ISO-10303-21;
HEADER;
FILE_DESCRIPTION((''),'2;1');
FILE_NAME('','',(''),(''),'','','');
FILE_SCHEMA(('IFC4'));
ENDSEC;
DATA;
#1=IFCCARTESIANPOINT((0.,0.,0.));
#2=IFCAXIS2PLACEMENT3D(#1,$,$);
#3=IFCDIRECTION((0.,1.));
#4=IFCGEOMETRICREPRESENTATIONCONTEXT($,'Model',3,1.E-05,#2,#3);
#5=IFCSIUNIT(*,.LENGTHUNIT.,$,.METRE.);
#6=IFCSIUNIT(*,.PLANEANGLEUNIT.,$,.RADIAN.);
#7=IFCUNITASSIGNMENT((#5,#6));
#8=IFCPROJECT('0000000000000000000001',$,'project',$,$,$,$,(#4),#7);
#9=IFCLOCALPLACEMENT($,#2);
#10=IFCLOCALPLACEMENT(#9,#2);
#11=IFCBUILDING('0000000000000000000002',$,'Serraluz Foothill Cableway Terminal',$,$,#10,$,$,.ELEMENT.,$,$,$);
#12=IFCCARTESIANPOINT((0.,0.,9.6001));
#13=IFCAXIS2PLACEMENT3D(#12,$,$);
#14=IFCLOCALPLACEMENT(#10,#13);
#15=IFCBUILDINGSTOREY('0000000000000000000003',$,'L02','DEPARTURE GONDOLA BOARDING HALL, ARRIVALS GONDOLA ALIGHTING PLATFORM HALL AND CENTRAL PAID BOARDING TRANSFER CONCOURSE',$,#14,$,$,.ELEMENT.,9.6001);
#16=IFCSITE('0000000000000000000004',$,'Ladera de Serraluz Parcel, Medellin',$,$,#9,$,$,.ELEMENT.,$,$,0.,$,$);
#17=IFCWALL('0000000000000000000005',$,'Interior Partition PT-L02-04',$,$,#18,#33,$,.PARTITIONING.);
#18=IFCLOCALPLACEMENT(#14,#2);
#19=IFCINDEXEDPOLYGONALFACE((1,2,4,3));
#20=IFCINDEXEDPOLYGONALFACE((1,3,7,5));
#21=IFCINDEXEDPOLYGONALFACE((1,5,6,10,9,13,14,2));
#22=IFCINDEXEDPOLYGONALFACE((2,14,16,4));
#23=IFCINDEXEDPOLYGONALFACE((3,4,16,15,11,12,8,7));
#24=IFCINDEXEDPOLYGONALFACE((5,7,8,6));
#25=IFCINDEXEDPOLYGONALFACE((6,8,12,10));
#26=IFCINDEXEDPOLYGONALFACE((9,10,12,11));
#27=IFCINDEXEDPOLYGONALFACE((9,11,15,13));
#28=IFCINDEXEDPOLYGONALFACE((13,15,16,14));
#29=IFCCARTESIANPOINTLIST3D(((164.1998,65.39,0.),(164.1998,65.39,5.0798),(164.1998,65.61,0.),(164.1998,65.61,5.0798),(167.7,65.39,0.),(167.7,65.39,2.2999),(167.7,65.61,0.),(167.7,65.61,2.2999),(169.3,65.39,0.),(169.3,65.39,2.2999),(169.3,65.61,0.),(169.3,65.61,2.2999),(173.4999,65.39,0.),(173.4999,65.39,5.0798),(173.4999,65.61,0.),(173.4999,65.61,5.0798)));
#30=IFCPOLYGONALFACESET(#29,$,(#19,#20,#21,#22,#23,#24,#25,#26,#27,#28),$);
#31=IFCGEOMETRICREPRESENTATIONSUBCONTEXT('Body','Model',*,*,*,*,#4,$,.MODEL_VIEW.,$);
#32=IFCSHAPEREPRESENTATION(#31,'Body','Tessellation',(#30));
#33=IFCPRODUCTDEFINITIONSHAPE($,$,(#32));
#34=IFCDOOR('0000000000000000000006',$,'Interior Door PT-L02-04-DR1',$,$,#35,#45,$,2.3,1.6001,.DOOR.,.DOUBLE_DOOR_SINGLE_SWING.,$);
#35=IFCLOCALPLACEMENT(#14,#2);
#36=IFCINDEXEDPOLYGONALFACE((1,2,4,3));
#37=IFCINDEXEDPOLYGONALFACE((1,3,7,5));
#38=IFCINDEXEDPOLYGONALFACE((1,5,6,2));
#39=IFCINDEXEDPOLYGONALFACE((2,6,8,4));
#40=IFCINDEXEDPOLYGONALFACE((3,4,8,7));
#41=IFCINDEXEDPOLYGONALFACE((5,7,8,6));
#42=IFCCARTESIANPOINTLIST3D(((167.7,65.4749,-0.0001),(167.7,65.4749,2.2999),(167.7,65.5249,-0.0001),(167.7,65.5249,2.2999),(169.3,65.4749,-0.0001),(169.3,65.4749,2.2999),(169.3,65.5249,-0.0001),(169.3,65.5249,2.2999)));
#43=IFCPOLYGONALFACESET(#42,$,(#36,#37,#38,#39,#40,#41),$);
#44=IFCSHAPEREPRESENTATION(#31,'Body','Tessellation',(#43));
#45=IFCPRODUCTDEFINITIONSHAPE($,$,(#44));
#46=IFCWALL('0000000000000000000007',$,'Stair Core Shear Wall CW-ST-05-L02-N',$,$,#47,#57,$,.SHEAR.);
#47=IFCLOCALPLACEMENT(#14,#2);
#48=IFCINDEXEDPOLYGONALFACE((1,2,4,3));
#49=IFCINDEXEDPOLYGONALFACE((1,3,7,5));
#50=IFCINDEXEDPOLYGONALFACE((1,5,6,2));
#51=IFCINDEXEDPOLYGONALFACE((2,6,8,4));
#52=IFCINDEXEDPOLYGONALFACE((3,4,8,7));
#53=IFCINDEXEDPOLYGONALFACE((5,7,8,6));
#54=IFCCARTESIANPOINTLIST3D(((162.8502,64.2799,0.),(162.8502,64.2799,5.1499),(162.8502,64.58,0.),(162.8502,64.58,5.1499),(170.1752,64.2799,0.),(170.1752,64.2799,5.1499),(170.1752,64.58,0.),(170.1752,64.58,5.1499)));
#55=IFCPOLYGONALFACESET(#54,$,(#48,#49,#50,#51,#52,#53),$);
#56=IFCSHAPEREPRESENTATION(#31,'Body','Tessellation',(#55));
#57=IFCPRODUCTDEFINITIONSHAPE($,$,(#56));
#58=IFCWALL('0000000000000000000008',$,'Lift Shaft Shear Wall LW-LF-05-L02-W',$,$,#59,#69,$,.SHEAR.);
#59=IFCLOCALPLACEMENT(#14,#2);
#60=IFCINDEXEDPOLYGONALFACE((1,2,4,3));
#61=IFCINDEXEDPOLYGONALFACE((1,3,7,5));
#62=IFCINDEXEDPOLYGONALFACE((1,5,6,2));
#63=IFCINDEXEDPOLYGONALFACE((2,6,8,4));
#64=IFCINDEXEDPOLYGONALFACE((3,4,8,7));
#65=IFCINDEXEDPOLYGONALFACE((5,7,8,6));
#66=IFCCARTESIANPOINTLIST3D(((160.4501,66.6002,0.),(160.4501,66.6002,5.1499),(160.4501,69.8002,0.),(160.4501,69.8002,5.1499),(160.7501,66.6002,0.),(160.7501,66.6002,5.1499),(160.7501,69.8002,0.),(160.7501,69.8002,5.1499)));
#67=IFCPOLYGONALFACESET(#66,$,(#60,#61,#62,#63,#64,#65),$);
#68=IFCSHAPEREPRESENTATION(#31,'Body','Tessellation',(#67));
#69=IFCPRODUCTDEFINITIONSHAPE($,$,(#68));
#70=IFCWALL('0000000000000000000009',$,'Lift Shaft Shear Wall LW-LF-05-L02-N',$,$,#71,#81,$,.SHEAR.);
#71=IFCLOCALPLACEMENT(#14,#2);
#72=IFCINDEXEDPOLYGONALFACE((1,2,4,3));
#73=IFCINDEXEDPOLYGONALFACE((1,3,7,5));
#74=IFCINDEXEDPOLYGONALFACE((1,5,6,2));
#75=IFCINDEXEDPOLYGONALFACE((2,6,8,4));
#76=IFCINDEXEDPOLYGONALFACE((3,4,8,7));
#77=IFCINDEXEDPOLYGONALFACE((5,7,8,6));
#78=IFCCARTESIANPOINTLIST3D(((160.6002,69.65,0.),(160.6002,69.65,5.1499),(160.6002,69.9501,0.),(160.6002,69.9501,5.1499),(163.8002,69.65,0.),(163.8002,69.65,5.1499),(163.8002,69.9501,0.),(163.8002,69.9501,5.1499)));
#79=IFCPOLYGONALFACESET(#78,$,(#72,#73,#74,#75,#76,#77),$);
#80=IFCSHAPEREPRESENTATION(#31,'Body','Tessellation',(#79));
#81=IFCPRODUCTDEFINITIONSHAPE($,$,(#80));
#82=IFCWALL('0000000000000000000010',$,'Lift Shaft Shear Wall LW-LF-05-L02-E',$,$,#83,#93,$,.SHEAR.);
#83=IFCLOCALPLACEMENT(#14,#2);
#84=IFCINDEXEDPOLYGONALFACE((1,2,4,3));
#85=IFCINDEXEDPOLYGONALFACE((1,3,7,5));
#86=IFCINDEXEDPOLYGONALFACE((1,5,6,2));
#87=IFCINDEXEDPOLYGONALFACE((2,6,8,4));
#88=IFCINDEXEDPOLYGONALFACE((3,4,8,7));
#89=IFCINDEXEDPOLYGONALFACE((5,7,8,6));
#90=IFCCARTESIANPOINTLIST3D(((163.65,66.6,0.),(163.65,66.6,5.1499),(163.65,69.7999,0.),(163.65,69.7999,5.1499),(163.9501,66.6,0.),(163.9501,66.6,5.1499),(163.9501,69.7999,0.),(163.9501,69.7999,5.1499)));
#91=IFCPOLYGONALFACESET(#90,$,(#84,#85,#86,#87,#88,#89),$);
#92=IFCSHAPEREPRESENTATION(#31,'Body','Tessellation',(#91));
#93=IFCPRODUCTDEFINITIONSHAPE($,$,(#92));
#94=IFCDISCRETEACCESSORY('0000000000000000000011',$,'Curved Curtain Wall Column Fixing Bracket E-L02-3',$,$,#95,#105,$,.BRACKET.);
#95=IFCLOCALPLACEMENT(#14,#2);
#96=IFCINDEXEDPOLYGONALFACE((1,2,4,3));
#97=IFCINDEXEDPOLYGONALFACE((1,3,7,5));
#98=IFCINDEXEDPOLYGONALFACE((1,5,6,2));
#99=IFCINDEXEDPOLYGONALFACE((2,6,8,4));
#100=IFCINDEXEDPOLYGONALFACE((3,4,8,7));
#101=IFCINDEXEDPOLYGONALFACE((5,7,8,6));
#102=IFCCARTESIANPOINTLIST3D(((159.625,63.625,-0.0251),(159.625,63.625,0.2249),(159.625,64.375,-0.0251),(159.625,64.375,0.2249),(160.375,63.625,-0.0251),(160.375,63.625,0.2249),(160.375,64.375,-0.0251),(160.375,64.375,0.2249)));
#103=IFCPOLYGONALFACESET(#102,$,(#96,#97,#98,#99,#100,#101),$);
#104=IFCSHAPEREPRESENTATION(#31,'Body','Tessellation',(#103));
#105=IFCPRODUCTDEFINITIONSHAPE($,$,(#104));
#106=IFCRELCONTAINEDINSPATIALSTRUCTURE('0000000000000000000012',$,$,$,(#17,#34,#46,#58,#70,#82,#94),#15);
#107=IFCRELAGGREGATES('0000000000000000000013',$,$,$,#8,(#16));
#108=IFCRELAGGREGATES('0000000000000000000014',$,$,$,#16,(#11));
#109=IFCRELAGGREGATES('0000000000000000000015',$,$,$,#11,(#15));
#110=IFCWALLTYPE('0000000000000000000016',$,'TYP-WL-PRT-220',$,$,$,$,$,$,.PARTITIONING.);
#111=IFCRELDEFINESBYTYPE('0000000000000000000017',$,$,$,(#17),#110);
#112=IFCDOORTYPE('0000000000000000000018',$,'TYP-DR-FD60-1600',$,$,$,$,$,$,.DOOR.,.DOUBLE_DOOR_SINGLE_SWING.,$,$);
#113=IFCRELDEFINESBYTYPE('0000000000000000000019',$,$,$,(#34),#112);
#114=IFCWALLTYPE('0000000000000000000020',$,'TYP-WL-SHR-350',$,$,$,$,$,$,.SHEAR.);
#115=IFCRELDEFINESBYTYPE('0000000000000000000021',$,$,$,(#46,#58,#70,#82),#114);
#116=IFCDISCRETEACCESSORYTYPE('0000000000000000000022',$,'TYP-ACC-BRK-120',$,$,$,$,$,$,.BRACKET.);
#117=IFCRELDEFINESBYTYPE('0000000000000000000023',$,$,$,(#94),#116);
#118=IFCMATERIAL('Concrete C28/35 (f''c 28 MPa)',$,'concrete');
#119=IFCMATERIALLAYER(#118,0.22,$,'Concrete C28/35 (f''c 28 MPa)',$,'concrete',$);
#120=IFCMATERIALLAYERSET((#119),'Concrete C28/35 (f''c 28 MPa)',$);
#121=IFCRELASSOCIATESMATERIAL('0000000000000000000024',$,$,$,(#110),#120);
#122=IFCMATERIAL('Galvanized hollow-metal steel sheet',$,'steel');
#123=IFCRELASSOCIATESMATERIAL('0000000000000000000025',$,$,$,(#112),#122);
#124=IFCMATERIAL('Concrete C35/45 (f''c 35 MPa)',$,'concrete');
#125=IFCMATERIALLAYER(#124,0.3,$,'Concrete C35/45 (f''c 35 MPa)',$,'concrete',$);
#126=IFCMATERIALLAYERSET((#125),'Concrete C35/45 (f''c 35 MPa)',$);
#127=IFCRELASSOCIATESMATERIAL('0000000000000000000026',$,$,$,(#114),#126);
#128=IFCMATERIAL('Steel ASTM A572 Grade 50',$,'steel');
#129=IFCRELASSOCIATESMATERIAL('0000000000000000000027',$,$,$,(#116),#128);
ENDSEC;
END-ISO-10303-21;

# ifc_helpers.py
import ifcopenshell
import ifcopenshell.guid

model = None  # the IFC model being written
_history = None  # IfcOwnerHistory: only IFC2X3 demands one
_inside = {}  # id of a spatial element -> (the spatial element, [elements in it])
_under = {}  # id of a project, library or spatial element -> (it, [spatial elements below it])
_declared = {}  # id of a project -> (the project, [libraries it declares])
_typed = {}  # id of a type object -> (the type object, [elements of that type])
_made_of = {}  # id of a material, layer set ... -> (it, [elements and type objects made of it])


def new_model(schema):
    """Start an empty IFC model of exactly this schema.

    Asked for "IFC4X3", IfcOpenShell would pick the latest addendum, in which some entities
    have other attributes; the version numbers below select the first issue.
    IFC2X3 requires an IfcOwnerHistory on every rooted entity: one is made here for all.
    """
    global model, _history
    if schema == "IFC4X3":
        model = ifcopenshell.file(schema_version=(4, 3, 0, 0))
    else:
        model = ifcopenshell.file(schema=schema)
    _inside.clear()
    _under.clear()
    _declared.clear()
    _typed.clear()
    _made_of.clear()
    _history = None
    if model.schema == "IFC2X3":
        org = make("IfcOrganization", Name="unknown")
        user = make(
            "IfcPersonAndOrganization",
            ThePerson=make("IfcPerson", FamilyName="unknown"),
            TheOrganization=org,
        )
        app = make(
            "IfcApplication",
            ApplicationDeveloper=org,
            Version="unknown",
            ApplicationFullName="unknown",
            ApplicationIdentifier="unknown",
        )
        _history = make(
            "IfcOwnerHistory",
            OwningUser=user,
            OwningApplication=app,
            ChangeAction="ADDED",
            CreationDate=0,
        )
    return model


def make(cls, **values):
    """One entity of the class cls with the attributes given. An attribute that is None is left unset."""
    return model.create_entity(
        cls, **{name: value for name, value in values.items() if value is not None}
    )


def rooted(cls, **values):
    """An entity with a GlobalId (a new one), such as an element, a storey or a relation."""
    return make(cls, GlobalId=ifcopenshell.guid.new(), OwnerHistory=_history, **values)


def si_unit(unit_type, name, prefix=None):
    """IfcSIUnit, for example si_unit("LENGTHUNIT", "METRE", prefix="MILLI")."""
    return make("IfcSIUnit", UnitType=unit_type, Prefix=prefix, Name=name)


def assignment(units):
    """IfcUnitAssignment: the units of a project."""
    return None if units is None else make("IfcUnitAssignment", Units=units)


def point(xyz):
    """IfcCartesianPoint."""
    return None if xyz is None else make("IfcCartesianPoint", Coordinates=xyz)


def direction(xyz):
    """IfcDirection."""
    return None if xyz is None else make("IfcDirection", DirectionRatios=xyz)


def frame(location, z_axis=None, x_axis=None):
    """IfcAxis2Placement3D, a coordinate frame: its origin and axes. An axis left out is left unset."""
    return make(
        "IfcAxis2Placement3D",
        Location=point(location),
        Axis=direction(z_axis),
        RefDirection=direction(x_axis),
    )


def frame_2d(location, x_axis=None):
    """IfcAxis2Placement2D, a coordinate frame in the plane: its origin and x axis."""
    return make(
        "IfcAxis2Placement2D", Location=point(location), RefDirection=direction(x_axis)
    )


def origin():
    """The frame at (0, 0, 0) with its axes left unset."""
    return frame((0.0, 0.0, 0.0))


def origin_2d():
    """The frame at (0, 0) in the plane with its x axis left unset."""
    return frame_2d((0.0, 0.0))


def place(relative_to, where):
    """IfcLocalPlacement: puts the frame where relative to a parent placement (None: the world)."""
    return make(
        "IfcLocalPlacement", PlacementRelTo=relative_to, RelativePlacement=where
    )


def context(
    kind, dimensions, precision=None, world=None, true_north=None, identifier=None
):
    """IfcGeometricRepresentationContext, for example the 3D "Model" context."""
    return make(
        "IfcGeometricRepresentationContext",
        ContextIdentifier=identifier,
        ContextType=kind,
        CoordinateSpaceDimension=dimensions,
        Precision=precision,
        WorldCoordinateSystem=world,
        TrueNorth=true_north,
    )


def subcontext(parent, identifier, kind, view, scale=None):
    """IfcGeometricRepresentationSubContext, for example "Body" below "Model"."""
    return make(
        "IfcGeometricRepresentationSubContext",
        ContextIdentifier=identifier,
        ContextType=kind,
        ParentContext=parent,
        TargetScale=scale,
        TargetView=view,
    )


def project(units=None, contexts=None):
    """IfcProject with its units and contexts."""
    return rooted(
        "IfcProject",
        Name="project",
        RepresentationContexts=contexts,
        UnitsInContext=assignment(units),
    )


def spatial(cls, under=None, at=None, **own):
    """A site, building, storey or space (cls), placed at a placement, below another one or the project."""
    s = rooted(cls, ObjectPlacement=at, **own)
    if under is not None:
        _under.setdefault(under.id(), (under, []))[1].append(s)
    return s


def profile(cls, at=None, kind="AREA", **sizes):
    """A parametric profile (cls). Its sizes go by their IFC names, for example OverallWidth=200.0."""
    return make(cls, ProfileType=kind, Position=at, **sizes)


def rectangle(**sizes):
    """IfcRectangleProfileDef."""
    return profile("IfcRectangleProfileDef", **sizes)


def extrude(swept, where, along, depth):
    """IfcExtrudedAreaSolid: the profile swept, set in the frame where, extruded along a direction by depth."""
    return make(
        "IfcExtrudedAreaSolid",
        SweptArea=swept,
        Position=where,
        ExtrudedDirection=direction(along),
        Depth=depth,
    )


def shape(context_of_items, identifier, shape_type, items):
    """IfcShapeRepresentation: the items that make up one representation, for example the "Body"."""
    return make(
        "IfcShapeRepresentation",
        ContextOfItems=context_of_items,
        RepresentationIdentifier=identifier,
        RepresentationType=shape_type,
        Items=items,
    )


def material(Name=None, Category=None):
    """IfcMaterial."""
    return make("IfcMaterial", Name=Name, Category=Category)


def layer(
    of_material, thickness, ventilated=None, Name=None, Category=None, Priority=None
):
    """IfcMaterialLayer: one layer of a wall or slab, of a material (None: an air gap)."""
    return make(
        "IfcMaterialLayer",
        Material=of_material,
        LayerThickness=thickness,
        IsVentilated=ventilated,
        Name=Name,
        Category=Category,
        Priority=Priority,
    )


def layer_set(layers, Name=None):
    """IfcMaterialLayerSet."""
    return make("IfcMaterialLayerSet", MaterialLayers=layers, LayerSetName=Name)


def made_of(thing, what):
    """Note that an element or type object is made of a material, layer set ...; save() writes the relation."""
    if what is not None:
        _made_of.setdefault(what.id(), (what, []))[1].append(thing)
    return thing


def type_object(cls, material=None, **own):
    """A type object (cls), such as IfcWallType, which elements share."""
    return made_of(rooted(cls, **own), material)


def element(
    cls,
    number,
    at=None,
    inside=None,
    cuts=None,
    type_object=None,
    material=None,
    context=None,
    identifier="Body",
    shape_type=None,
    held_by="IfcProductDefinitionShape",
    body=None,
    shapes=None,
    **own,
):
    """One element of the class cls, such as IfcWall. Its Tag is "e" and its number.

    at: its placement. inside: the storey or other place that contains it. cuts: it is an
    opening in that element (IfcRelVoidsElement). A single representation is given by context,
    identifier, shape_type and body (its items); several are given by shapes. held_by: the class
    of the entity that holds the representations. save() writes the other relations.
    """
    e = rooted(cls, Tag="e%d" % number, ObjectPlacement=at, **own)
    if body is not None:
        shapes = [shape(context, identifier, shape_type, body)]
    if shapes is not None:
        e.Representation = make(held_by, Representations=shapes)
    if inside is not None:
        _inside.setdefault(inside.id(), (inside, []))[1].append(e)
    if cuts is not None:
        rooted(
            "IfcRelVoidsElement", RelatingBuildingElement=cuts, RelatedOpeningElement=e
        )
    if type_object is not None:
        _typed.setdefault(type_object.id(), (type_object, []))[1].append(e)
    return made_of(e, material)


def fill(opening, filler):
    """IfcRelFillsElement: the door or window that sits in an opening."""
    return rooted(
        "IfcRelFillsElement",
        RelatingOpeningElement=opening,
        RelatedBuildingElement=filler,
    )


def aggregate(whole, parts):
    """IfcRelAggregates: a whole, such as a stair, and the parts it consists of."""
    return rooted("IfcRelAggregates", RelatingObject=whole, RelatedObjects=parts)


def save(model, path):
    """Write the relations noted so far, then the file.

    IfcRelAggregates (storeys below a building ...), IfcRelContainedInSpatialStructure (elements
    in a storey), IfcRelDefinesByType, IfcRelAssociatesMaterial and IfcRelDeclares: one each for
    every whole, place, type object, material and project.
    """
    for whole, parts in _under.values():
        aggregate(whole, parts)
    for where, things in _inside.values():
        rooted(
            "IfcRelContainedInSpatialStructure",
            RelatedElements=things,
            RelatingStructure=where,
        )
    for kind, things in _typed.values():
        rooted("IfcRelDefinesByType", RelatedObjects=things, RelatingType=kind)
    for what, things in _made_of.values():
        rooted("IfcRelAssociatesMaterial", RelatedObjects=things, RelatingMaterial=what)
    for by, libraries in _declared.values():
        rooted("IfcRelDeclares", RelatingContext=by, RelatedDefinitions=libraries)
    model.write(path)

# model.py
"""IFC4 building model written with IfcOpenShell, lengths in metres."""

from ifc_helpers import new_model, si_unit, direction, frame, frame_2d, origin, origin_2d, place, context, subcontext, project, spatial, rectangle, extrude, material, layer, layer_set, type_object, element, fill, save


model = new_model("IFC4")

# Units and contexts
model_context = context("Model", 3, precision=1e-05, world=origin(), true_north=direction((0.0, 1.0)))
body_context = subcontext(model_context, "Body", "Model", "MODEL_VIEW")
ifc_project = project(units=[si_unit("LENGTHUNIT", "METRE"), si_unit("PLANEANGLEUNIT", "RADIAN")], contexts=[model_context])

# Site, building, storey
site_placement = place(None, origin())
site = spatial("IfcSite", under=ifc_project, at=site_placement, Name="Ladera de Serraluz Parcel, Medellin", CompositionType="ELEMENT", RefElevation=0.0)
building_placement = place(site_placement, origin())
building = spatial("IfcBuilding", under=site, at=building_placement, Name="Serraluz Foothill Cableway Terminal", CompositionType="ELEMENT")
storey_placement = place(building_placement, frame((0.0, 0.0, 9.6001)))
storey = spatial("IfcBuildingStorey", under=building, at=storey_placement, Name="L02", Description="DEPARTURE GONDOLA BOARDING HALL, ARRIVALS GONDOLA ALIGHTING PLATFORM HALL AND CENTRAL PAID BOARDING TRANSFER CONCOURSE", CompositionType="ELEMENT", Elevation=9.6001)

# Shared definitions
ifc_material_1 = material(Name="Steel ASTM A572 Grade 50", Category="steel")

# Wall, opening, door
ifc_material_2 = material(Name="Concrete C28/35 (f'c 28 MPa)", Category="concrete")
ifc_layer_1 = layer(ifc_material_2, 0.22, Name="Concrete C28/35 (f'c 28 MPa)", Category="concrete")
ifc_layer_set_1 = layer_set([ifc_layer_1], Name="Concrete C28/35 (f'c 28 MPa)")
wall_type_1 = type_object("IfcWallType", Name="TYP-WL-PRT-220", PredefinedType="PARTITIONING", material=ifc_layer_set_1)
wall_1_placement = place(storey_placement, frame((164.2, 65.5, 0.0), z_axis=(0.0, 0.0, 1.0), x_axis=(1.0, 0.0, 0.0)))
wall_1 = element("IfcWall", 1, at=wall_1_placement, inside=storey, type_object=wall_type_1, Name="Interior Partition PT-L02-04", PredefinedType="PARTITIONING", context=body_context, shape_type="SweptSolid", body=[
    extrude(rectangle(XDim=9.3, YDim=0.22, at=frame_2d((4.6499, 0.0))), origin(), (0.0, 0.0, 1.0), 5.0798),
])
opening_1_placement = place(wall_1_placement, frame((3.5, 0.0, 0.0)))
opening_1 = element("IfcOpeningElement", 2, at=opening_1_placement, cuts=wall_1, PredefinedType="OPENING", context=body_context, shape_type="SweptSolid", body=[
    extrude(rectangle(XDim=1.6001, YDim=2.3, at=frame_2d((0.8, 1.1499))), frame((0.0, 0.1201, 0.0), z_axis=(0.0, -1.0, 0.0), x_axis=(1.0, 0.0, 0.0)), (0.0, 0.0, 1.0), 0.24),
])
ifc_material_3 = material(Name="Galvanized hollow-metal steel sheet", Category="steel")
door_type_1 = type_object("IfcDoorType", Name="TYP-DR-FD60-1600", OperationType="DOUBLE_DOOR_SINGLE_SWING", PredefinedType="DOOR", material=ifc_material_3)
door_1_placement = place(opening_1_placement, origin())
door_1 = element("IfcDoor", 3, at=door_1_placement, inside=storey, type_object=door_type_1, Name="Interior Door PT-L02-04-DR1", OperationType="DOUBLE_DOOR_SINGLE_SWING", OverallHeight=2.3, OverallWidth=1.6001, PredefinedType="DOOR", context=body_context, shape_type="SweptSolid", body=[
    extrude(rectangle(XDim=1.6001, YDim=2.3, at=frame_2d((0.8, 1.1499))), frame((0.0, 0.0249, 0.0), z_axis=(0.0, -1.0, 0.0), x_axis=(1.0, 0.0, 0.0)), (0.0, 0.0, 1.0), 0.05),
])
fill(opening_1, door_1)

# Wall
ifc_material_4 = material(Name="Concrete C35/45 (f'c 35 MPa)", Category="concrete")
ifc_layer_2 = layer(ifc_material_4, 0.3, Name="Concrete C35/45 (f'c 35 MPa)", Category="concrete")
ifc_layer_set_2 = layer_set([ifc_layer_2], Name="Concrete C35/45 (f'c 35 MPa)")
wall_type_2 = type_object("IfcWallType", Name="TYP-WL-SHR-350", PredefinedType="SHEAR", material=ifc_layer_set_2)
wall_2_placement = place(storey_placement, frame((162.8501, 64.4299, 0.0), z_axis=(0.0, 0.0, 1.0), x_axis=(1.0, 0.0, 0.0)))
element("IfcWall", 4, at=wall_2_placement, inside=storey, type_object=wall_type_2, Name="Stair Core Shear Wall CW-ST-05-L02-N", PredefinedType="SHEAR", context=body_context, shape_type="SweptSolid", body=[
    extrude(rectangle(XDim=7.325, YDim=0.3, at=frame_2d((3.6626, 0.0))), origin(), (0.0, 0.0, 1.0), 5.1499),
])

# Walls
for number, where, z_axis, x_axis, name in (
    (5, (160.6001, 66.6001, 0.0), (0.0, 0.0, 1.0), (0.0, 1.0, 0.0), "Lift Shaft Shear Wall LW-LF-05-L02-W"),
    (6, (160.6001, 69.8, 0.0), (0.0, 0.0, 1.0), (1.0, 0.0, 0.0), "Lift Shaft Shear Wall LW-LF-05-L02-N"),
    (7, (163.8, 69.8, 0.0), (0.0, 0.0, 1.0), (0.0, -1.0, 0.0), "Lift Shaft Shear Wall LW-LF-05-L02-E"),
):
    element("IfcWall", number, at=place(storey_placement, frame(where, z_axis=z_axis, x_axis=x_axis)), inside=storey, type_object=wall_type_2, Name=name, PredefinedType="SHEAR", context=body_context, shape_type="SweptSolid", body=[
        extrude(rectangle(XDim=3.2, YDim=0.3, at=frame_2d((1.6001, 0.0))), origin(), (0.0, 0.0, 1.0), 5.1499),
    ])

# Discrete accessory
discrete_accessory_type = type_object("IfcDiscreteAccessoryType", Name="TYP-ACC-BRK-120", PredefinedType="BRACKET", material=ifc_material_1)
discrete_accessory_placement = place(storey_placement, frame((160.0, 64.0, -0.0251), z_axis=(0.0, 0.0, 1.0), x_axis=(1.0, 0.0, 0.0)))
element("IfcDiscreteAccessory", 8, at=discrete_accessory_placement, inside=storey, type_object=discrete_accessory_type, Name="Curved Curtain Wall Column Fixing Bracket E-L02-3", PredefinedType="BRACKET", context=body_context, shape_type="SweptSolid", body=[
    extrude(rectangle(XDim=0.75, YDim=0.75, at=origin_2d()), origin(), (0.0, 0.0, 1.0), 0.25),
])

save(model, "model.ifc")
